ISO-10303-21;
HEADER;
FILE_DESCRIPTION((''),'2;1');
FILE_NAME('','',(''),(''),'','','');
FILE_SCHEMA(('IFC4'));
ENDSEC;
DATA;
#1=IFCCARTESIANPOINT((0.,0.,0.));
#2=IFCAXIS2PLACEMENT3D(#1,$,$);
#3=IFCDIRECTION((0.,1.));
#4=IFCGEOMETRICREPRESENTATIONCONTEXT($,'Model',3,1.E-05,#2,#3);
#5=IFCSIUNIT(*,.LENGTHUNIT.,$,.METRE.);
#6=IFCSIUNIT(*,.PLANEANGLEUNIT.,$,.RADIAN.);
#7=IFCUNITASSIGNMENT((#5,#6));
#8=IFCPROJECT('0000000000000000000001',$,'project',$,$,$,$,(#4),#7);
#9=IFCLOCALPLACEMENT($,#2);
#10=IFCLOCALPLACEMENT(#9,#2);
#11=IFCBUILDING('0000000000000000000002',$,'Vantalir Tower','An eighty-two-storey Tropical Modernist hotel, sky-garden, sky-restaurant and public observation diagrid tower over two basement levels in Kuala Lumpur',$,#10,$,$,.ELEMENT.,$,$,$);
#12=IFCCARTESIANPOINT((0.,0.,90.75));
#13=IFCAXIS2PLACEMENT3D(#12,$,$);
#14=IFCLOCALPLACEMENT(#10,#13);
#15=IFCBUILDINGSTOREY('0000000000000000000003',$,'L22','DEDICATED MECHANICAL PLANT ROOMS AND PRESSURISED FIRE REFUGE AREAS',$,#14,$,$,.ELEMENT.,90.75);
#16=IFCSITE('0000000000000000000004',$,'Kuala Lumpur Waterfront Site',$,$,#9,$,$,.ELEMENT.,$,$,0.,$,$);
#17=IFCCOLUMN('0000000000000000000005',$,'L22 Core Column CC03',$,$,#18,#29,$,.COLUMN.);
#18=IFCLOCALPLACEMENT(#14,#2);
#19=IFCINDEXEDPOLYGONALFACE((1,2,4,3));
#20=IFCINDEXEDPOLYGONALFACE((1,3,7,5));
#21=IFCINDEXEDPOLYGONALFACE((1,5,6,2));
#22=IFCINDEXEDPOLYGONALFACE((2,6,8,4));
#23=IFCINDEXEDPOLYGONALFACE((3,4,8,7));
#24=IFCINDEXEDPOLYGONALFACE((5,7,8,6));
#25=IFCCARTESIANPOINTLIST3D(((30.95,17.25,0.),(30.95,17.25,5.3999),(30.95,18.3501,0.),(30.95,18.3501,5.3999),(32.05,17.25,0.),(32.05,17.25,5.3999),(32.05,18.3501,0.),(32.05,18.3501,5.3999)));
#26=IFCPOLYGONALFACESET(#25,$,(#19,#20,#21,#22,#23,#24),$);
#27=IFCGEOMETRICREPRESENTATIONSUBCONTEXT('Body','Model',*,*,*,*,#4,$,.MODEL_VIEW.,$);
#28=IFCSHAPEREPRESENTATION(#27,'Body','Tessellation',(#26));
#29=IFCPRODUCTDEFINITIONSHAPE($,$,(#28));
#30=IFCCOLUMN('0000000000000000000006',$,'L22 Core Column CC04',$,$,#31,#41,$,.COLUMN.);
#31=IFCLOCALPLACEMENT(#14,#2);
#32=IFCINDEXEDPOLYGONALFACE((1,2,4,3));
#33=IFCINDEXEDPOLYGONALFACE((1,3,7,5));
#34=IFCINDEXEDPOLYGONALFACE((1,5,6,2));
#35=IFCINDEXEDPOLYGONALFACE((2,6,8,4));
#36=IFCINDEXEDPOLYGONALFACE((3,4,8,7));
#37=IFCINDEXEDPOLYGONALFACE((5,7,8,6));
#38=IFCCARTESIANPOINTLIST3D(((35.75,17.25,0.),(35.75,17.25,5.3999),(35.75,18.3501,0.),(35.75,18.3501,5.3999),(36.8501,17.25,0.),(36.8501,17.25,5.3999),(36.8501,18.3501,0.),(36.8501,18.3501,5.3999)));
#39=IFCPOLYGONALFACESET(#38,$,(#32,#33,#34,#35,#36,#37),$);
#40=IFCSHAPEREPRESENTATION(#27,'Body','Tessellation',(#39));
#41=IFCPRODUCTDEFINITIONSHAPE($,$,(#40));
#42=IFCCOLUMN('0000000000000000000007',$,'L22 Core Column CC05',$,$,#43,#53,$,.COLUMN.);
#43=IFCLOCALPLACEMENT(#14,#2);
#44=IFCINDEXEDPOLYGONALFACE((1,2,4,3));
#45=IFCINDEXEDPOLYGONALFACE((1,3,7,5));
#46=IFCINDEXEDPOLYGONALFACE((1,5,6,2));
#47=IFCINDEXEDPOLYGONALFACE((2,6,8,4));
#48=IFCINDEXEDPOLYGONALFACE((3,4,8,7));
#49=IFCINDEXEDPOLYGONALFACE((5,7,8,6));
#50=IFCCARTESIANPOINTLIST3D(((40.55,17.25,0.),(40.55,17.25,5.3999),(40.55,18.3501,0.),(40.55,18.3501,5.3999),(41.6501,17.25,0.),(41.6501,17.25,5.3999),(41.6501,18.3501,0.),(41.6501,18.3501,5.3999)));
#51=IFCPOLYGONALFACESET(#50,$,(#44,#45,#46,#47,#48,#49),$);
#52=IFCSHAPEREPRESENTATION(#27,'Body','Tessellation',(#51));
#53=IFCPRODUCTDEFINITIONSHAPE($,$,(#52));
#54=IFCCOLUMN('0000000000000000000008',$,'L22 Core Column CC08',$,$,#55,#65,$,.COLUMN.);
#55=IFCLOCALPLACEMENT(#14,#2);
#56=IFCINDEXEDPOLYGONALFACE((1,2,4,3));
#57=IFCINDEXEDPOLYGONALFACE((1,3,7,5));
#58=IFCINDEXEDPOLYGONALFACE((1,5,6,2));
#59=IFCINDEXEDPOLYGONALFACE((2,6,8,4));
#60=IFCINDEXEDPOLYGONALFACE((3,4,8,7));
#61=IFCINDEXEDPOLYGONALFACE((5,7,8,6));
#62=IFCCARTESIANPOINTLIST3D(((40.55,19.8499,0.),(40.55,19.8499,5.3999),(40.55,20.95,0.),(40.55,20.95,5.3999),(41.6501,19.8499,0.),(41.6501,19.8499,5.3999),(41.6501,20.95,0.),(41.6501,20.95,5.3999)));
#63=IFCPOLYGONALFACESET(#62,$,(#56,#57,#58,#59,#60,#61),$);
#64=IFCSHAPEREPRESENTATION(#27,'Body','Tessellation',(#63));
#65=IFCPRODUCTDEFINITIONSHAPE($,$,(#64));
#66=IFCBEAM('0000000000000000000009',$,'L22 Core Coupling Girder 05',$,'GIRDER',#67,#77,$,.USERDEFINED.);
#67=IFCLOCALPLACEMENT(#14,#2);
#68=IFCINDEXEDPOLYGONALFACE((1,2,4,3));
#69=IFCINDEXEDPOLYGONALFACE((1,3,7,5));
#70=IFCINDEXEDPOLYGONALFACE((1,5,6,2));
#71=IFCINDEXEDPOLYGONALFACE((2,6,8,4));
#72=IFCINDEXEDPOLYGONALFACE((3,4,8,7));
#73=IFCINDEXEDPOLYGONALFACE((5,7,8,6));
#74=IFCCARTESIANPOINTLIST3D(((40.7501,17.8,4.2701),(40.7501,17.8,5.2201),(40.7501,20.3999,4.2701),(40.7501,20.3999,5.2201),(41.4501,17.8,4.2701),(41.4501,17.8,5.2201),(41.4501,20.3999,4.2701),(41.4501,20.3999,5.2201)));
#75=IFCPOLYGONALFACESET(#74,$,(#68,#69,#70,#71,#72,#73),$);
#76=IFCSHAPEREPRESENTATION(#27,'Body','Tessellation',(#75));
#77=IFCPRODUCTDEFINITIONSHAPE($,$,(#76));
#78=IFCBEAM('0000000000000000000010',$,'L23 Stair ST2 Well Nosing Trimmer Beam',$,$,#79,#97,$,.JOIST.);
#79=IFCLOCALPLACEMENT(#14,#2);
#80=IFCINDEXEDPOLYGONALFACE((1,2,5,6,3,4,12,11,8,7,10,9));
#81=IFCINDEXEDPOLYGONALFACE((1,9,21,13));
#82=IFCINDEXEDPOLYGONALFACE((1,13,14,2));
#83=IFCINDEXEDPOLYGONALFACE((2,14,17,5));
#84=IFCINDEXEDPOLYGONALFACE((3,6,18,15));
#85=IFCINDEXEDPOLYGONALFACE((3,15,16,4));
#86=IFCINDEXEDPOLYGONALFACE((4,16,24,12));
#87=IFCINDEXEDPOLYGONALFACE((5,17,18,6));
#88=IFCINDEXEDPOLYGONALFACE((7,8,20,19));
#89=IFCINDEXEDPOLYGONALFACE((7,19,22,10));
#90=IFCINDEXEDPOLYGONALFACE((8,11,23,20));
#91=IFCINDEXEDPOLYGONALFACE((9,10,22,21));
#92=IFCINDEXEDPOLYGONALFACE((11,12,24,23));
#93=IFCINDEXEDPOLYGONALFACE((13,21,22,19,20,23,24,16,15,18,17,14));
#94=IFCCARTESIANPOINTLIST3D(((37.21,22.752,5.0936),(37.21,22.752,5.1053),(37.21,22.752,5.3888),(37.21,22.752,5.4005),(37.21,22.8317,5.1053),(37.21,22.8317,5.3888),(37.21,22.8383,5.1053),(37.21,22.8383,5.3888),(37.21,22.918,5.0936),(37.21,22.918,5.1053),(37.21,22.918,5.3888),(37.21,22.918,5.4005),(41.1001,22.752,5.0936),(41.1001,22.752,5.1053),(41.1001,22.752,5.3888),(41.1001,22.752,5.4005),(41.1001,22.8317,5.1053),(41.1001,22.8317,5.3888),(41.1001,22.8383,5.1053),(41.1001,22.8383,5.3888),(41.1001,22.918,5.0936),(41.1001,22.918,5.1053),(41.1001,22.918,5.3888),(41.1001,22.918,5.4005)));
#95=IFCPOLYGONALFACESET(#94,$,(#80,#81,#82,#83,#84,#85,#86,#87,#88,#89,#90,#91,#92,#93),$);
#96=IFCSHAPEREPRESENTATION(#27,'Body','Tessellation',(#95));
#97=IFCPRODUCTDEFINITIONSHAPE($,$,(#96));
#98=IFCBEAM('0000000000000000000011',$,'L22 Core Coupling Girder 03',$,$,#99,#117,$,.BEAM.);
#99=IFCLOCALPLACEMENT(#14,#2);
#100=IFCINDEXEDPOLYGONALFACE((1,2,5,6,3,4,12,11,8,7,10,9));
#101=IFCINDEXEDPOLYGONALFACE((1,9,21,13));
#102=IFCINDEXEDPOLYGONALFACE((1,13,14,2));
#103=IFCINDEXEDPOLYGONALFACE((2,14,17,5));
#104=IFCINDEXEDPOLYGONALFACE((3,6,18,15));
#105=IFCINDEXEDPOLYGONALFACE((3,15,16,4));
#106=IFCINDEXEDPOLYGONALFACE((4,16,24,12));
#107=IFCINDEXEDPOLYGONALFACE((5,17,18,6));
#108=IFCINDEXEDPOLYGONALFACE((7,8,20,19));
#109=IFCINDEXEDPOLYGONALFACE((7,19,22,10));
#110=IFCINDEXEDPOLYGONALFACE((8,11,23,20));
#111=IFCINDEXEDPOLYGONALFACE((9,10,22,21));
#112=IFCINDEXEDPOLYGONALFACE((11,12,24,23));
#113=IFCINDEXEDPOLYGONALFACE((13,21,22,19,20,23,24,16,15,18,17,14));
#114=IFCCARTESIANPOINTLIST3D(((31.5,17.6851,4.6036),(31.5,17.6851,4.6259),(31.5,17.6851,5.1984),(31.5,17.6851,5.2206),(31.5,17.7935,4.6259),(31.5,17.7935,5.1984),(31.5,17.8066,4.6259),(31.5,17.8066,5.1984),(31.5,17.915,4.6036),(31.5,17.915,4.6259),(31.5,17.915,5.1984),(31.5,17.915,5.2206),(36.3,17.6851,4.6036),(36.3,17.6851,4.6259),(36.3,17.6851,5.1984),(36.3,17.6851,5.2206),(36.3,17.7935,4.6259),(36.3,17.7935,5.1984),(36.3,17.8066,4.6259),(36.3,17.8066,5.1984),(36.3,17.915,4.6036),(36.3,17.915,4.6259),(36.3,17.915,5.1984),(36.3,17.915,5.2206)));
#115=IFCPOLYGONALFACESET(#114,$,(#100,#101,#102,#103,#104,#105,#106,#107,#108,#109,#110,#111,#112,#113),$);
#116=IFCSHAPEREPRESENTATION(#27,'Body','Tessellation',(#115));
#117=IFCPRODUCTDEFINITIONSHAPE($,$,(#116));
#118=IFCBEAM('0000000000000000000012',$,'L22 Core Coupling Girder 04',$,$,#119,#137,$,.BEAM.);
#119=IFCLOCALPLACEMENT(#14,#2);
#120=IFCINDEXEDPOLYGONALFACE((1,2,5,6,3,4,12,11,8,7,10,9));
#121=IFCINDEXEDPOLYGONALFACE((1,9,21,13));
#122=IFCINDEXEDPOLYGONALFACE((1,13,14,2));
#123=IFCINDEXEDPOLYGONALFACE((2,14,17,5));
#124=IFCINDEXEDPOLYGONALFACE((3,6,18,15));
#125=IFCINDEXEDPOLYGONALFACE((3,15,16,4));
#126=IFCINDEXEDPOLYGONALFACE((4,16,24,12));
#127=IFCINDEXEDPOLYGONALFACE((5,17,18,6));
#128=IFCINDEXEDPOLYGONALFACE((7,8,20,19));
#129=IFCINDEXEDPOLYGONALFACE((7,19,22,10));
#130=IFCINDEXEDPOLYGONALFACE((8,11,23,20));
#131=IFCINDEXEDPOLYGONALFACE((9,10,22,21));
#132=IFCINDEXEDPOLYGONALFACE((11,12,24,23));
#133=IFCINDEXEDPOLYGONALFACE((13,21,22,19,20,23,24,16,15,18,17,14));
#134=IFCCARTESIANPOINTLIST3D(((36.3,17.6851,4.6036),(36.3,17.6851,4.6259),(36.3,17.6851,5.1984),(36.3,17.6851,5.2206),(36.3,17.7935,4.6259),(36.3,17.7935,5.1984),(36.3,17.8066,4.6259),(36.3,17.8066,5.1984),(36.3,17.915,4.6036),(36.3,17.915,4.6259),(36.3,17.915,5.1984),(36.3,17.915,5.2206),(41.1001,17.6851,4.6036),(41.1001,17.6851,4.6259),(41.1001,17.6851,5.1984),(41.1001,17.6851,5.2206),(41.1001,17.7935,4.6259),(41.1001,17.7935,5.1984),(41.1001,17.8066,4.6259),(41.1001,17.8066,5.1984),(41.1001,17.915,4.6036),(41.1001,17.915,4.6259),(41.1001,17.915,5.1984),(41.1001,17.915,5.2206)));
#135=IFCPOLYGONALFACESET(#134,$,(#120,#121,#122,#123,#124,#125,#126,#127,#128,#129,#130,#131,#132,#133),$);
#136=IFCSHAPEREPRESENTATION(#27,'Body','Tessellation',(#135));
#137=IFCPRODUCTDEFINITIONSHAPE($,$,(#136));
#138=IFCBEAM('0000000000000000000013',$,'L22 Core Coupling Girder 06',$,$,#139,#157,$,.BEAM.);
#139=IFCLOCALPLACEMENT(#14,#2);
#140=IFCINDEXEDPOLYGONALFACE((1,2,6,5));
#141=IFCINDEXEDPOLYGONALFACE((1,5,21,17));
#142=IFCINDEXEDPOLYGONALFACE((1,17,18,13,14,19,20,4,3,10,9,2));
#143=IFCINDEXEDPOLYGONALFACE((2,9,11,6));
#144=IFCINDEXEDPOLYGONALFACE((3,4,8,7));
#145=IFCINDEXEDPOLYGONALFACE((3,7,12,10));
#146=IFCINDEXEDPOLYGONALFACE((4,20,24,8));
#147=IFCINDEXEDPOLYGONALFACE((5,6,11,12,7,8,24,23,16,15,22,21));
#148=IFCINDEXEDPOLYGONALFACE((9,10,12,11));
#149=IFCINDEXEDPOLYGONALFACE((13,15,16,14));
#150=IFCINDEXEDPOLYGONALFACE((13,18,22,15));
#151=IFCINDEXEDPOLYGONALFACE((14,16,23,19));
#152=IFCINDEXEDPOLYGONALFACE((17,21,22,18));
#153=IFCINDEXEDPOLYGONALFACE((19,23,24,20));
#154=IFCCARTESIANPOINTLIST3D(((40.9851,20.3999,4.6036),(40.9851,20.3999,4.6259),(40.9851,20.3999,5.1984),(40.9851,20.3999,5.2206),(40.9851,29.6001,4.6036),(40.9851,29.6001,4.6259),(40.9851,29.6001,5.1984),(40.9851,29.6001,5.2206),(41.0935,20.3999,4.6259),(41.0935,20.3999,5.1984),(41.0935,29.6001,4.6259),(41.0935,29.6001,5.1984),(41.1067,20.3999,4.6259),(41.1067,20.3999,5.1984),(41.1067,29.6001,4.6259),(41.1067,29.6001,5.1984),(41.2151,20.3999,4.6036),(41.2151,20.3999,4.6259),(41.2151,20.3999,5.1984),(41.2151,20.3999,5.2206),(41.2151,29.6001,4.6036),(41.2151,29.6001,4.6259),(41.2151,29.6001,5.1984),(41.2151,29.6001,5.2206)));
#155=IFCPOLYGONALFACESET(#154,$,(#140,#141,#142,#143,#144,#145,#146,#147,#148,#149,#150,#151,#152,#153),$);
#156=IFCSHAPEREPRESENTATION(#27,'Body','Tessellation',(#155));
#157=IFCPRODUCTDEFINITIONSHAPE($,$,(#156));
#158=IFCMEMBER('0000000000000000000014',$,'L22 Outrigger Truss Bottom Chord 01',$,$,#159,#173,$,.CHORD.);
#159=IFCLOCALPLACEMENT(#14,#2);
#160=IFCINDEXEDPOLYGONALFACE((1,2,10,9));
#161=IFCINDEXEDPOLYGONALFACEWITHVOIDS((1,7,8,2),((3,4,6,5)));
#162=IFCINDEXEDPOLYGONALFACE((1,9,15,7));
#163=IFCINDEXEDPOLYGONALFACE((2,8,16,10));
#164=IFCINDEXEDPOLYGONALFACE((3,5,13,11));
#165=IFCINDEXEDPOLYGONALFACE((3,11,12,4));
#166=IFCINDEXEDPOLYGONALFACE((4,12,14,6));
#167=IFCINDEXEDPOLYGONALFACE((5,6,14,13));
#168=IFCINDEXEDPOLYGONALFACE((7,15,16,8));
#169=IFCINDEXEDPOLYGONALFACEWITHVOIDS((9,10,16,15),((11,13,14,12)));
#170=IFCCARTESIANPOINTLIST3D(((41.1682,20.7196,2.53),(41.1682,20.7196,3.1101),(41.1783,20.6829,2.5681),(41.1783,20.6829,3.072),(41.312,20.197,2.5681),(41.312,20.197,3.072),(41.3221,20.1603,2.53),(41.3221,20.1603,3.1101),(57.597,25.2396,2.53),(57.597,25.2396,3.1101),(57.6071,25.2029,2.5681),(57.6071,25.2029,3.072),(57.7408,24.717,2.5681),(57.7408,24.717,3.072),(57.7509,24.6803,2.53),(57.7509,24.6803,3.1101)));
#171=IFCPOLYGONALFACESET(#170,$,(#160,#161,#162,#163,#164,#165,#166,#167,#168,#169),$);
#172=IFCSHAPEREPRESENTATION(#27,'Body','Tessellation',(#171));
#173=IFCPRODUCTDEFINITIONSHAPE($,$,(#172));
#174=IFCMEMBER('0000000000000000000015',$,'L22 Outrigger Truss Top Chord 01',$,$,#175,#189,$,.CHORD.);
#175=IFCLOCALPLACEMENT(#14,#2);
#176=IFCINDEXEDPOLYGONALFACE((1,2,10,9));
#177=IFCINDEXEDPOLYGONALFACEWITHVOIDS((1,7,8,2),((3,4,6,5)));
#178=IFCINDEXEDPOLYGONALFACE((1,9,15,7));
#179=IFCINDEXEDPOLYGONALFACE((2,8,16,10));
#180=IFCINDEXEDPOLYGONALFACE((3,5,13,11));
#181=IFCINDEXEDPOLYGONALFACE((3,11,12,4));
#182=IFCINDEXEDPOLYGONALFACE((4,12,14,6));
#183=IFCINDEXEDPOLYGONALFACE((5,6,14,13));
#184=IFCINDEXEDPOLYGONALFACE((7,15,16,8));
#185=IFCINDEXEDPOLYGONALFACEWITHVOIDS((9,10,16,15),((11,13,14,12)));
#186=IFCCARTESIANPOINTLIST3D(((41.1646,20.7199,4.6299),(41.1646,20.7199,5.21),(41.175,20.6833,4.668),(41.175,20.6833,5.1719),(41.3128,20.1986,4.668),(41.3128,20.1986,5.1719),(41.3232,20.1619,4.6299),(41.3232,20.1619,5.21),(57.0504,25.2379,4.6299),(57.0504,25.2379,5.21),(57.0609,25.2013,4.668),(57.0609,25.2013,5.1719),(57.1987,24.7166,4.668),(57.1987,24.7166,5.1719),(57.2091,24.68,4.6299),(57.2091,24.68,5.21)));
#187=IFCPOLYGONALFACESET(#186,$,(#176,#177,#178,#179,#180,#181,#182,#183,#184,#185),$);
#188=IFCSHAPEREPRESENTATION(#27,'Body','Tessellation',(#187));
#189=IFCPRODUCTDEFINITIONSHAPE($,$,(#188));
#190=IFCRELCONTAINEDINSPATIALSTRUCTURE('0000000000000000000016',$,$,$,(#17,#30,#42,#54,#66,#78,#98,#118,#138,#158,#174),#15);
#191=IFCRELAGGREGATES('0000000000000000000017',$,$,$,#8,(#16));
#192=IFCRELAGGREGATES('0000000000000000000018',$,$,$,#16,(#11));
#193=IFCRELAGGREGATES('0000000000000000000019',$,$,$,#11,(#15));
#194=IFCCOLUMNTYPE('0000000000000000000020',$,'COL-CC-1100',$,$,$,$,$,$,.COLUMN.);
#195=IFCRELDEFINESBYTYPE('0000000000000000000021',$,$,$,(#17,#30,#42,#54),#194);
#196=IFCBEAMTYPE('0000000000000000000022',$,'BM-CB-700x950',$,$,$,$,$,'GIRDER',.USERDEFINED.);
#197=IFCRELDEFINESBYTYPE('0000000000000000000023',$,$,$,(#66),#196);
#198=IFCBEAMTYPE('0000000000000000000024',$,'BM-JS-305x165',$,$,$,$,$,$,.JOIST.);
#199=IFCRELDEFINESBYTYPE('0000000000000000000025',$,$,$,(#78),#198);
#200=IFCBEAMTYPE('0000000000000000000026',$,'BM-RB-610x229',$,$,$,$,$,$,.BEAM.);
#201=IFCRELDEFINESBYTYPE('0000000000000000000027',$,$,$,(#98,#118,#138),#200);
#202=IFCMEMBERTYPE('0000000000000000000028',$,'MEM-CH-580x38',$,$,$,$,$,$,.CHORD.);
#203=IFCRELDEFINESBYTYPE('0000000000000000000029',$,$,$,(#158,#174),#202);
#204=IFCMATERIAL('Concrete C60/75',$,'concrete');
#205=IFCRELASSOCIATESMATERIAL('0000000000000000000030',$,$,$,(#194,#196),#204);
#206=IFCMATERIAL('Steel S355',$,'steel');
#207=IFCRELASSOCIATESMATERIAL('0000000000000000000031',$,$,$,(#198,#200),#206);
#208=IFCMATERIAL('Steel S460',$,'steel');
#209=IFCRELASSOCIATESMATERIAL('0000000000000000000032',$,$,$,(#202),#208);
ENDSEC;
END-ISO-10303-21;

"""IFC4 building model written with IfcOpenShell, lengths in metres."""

from ifc_helpers import new_model, si_unit, direction, frame, origin, origin_2d, place, context, subcontext, project, spatial, rectangle, hollow_rectangle, i_section, extrude, material, material_profile, profile_set, type_object, element, save


model = new_model("IFC4")

# Units and contexts
model_context = context("Model", 3, precision=1e-05, world=origin(), true_north=direction((0.0, 1.0)))
body_context = subcontext(model_context, "Body", "Model", "MODEL_VIEW")
ifc_project = project(units=[si_unit("LENGTHUNIT", "METRE"), si_unit("PLANEANGLEUNIT", "RADIAN")], contexts=[model_context])

# Site, building, storey
site_placement = place(None, origin())
site = spatial("IfcSite", under=ifc_project, at=site_placement, Name="Kuala Lumpur Waterfront Site", CompositionType="ELEMENT", RefElevation=0.0)
building_placement = place(site_placement, origin())
building = spatial("IfcBuilding", under=site, at=building_placement, Name="Vantalir Tower", Description="An eighty-two-storey Tropical Modernist hotel, sky-garden, sky-restaurant and public observation diagrid tower over two basement levels in Kuala Lumpur", CompositionType="ELEMENT")
storey_placement = place(building_placement, frame((0.0, 0.0, 90.75)))
storey = spatial("IfcBuildingStorey", under=building, at=storey_placement, Name="L22", Description="DEDICATED MECHANICAL PLANT ROOMS AND PRESSURISED FIRE REFUGE AREAS", CompositionType="ELEMENT", Elevation=90.75)

# Columns
ifc_material_1 = material(Name="Concrete C60/75", Category="concrete")
ifc_material_profile_1 = material_profile(ifc_material_1, rectangle(XDim=1.1001, YDim=1.1001, at=origin_2d()), Name="Concrete C60/75")
ifc_profile_set_1 = profile_set([ifc_material_profile_1], Name="Concrete C60/75")
column_type = type_object("IfcColumnType", Name="COL-CC-1100", PredefinedType="COLUMN", material=ifc_profile_set_1)
for number, where, z_axis, x_axis, name in (
    (1, (31.5, 17.8, 0.0), (0.0, 0.0, 1.0), (1.0, 0.0, 0.0), "L22 Core Column CC03"),
    (2, (36.3, 17.8, 0.0), (0.0, 0.0, 1.0), (1.0, 0.0, 0.0), "L22 Core Column CC04"),
    (3, (41.1001, 17.8, 0.0), (0.0, 0.0, 1.0), (1.0, 0.0, 0.0), "L22 Core Column CC05"),
    (4, (41.1001, 20.3999, 0.0), (0.0, 0.0, 1.0), (1.0, 0.0, 0.0), "L22 Core Column CC08"),
):
    element("IfcColumn", number, at=place(storey_placement, frame(where, z_axis=z_axis, x_axis=x_axis)), inside=storey, type_object=column_type, Name=name, PredefinedType="COLUMN", context=body_context, shape_type="SweptSolid", body=[
        extrude(rectangle(XDim=1.1001, YDim=1.1001, at=origin_2d()), origin(), (0.0, 0.0, 1.0), 5.3999),
    ])

# Beams
ifc_material_profile_2 = material_profile(ifc_material_1, rectangle(XDim=0.7, YDim=0.95, at=origin_2d()), Name="Concrete C60/75")
ifc_profile_set_2 = profile_set([ifc_material_profile_2], Name="Concrete C60/75")
beam_type_1 = type_object("IfcBeamType", Name="BM-CB-700x950", ElementType="GIRDER", PredefinedType="USERDEFINED", material=ifc_profile_set_2)
beam_1_placement = place(storey_placement, frame((41.1001, 17.8, 4.7451), z_axis=(0.0, 1.0, 0.0), x_axis=(-1.0, 0.0, 0.0)))
element("IfcBeam", 5, at=beam_1_placement, inside=storey, type_object=beam_type_1, Name="L22 Core Coupling Girder 05", ObjectType="GIRDER", PredefinedType="USERDEFINED", context=body_context, shape_type="SweptSolid", body=[
    extrude(rectangle(XDim=0.7, YDim=0.95, at=origin_2d()), origin(), (0.0, 0.0, 1.0), 2.5999),
])
ifc_material_2 = material(Name="Steel S355", Category="steel")
ifc_material_profile_3 = material_profile(ifc_material_2, i_section(OverallWidth=0.166, OverallDepth=0.3069, WebThickness=0.0066, FlangeThickness=0.0117, at=origin_2d()), Name="Steel S355")
ifc_profile_set_3 = profile_set([ifc_material_profile_3], Name="Steel S355")
beam_type_2 = type_object("IfcBeamType", Name="BM-JS-305x165", PredefinedType="JOIST", material=ifc_profile_set_3)
beam_2_placement = place(storey_placement, frame((37.21, 22.835, 5.2471), z_axis=(1.0, 0.0, 0.0), x_axis=(0.0, 1.0, 0.0)))
element("IfcBeam", 6, at=beam_2_placement, inside=storey, type_object=beam_type_2, Name="L23 Stair ST2 Well Nosing Trimmer Beam", PredefinedType="JOIST", context=body_context, shape_type="SweptSolid", body=[
    extrude(i_section(OverallWidth=0.166, OverallDepth=0.3069, WebThickness=0.0066, FlangeThickness=0.0117, at=origin_2d()), origin(), (0.0, 0.0, 1.0), 3.8901),
])
ifc_material_profile_4 = material_profile(ifc_material_2, i_section(OverallWidth=0.23, OverallDepth=0.6169, WebThickness=0.0132, FlangeThickness=0.0222, at=origin_2d()), Name="Steel S355")
ifc_profile_set_4 = profile_set([ifc_material_profile_4], Name="Steel S355")
beam_type_3 = type_object("IfcBeamType", Name="BM-RB-610x229", PredefinedType="BEAM", material=ifc_profile_set_4)
for number, where, z_axis, x_axis, name in (
    (7, (31.5, 17.8, 4.9121), (1.0, 0.0, 0.0), (0.0, 1.0, 0.0), "L22 Core Coupling Girder 03"),
    (8, (36.3, 17.8, 4.9121), (1.0, 0.0, 0.0), (0.0, 1.0, 0.0), "L22 Core Coupling Girder 04"),
):
    element("IfcBeam", number, at=place(storey_placement, frame(where, z_axis=z_axis, x_axis=x_axis)), inside=storey, type_object=beam_type_3, Name=name, PredefinedType="BEAM", context=body_context, shape_type="SweptSolid", body=[
        extrude(i_section(OverallWidth=0.23, OverallDepth=0.6169, WebThickness=0.0132, FlangeThickness=0.0222, at=origin_2d()), origin(), (0.0, 0.0, 1.0), 4.8),
    ])
beam_3_placement = place(storey_placement, frame((41.1001, 20.3999, 4.9121), z_axis=(0.0, 1.0, 0.0), x_axis=(-1.0, 0.0, 0.0)))
element("IfcBeam", 9, at=beam_3_placement, inside=storey, type_object=beam_type_3, Name="L22 Core Coupling Girder 06", PredefinedType="BEAM", context=body_context, shape_type="SweptSolid", body=[
    extrude(i_section(OverallWidth=0.23, OverallDepth=0.6169, WebThickness=0.0132, FlangeThickness=0.0222, at=origin_2d()), origin(), (0.0, 0.0, 1.0), 9.2002),
])

# Members
ifc_material_3 = material(Name="Steel S460", Category="steel")
ifc_material_profile_5 = material_profile(ifc_material_3, hollow_rectangle(XDim=0.5801, YDim=0.5801, WallThickness=0.0381, at=origin_2d()), Name="Steel S460")
ifc_profile_set_5 = profile_set([ifc_material_profile_5], Name="Steel S460")
member_type_1 = type_object("IfcMemberType", Name="MEM-CH-580x38", PredefinedType="CHORD", material=ifc_profile_set_5)
member_1_placement = place(storey_placement, frame((41.2451, 20.4399, 2.8201), z_axis=(0.964175, 0.265269, 0.0), x_axis=(-0.265269, 0.964175, 0.0)))
element("IfcMember", 10, at=member_1_placement, inside=storey, type_object=member_type_1, Name="L22 Outrigger Truss Bottom Chord 01", PredefinedType="CHORD", context=body_context, shape_type="SweptSolid", body=[
    extrude(hollow_rectangle(XDim=0.5801, YDim=0.5801, WallThickness=0.0381, at=origin_2d()), origin(), (0.0, 0.0, 1.0), 17.0393),
])
member_2_placement = place(storey_placement, frame((41.2439, 20.4409, 4.9199), z_axis=(0.961856, 0.273557, 0.0), x_axis=(-0.273557, 0.961856, 0.0)))
element("IfcMember", 11, at=member_2_placement, inside=storey, type_object=member_type_1, Name="L22 Outrigger Truss Top Chord 01", PredefinedType="CHORD", context=body_context, shape_type="SweptSolid", body=[
    extrude(hollow_rectangle(XDim=0.5801, YDim=0.5801, WallThickness=0.0381, at=origin_2d()), origin(), (0.0, 0.0, 1.0), 16.5159),
])

save(model, "model.ifc")
